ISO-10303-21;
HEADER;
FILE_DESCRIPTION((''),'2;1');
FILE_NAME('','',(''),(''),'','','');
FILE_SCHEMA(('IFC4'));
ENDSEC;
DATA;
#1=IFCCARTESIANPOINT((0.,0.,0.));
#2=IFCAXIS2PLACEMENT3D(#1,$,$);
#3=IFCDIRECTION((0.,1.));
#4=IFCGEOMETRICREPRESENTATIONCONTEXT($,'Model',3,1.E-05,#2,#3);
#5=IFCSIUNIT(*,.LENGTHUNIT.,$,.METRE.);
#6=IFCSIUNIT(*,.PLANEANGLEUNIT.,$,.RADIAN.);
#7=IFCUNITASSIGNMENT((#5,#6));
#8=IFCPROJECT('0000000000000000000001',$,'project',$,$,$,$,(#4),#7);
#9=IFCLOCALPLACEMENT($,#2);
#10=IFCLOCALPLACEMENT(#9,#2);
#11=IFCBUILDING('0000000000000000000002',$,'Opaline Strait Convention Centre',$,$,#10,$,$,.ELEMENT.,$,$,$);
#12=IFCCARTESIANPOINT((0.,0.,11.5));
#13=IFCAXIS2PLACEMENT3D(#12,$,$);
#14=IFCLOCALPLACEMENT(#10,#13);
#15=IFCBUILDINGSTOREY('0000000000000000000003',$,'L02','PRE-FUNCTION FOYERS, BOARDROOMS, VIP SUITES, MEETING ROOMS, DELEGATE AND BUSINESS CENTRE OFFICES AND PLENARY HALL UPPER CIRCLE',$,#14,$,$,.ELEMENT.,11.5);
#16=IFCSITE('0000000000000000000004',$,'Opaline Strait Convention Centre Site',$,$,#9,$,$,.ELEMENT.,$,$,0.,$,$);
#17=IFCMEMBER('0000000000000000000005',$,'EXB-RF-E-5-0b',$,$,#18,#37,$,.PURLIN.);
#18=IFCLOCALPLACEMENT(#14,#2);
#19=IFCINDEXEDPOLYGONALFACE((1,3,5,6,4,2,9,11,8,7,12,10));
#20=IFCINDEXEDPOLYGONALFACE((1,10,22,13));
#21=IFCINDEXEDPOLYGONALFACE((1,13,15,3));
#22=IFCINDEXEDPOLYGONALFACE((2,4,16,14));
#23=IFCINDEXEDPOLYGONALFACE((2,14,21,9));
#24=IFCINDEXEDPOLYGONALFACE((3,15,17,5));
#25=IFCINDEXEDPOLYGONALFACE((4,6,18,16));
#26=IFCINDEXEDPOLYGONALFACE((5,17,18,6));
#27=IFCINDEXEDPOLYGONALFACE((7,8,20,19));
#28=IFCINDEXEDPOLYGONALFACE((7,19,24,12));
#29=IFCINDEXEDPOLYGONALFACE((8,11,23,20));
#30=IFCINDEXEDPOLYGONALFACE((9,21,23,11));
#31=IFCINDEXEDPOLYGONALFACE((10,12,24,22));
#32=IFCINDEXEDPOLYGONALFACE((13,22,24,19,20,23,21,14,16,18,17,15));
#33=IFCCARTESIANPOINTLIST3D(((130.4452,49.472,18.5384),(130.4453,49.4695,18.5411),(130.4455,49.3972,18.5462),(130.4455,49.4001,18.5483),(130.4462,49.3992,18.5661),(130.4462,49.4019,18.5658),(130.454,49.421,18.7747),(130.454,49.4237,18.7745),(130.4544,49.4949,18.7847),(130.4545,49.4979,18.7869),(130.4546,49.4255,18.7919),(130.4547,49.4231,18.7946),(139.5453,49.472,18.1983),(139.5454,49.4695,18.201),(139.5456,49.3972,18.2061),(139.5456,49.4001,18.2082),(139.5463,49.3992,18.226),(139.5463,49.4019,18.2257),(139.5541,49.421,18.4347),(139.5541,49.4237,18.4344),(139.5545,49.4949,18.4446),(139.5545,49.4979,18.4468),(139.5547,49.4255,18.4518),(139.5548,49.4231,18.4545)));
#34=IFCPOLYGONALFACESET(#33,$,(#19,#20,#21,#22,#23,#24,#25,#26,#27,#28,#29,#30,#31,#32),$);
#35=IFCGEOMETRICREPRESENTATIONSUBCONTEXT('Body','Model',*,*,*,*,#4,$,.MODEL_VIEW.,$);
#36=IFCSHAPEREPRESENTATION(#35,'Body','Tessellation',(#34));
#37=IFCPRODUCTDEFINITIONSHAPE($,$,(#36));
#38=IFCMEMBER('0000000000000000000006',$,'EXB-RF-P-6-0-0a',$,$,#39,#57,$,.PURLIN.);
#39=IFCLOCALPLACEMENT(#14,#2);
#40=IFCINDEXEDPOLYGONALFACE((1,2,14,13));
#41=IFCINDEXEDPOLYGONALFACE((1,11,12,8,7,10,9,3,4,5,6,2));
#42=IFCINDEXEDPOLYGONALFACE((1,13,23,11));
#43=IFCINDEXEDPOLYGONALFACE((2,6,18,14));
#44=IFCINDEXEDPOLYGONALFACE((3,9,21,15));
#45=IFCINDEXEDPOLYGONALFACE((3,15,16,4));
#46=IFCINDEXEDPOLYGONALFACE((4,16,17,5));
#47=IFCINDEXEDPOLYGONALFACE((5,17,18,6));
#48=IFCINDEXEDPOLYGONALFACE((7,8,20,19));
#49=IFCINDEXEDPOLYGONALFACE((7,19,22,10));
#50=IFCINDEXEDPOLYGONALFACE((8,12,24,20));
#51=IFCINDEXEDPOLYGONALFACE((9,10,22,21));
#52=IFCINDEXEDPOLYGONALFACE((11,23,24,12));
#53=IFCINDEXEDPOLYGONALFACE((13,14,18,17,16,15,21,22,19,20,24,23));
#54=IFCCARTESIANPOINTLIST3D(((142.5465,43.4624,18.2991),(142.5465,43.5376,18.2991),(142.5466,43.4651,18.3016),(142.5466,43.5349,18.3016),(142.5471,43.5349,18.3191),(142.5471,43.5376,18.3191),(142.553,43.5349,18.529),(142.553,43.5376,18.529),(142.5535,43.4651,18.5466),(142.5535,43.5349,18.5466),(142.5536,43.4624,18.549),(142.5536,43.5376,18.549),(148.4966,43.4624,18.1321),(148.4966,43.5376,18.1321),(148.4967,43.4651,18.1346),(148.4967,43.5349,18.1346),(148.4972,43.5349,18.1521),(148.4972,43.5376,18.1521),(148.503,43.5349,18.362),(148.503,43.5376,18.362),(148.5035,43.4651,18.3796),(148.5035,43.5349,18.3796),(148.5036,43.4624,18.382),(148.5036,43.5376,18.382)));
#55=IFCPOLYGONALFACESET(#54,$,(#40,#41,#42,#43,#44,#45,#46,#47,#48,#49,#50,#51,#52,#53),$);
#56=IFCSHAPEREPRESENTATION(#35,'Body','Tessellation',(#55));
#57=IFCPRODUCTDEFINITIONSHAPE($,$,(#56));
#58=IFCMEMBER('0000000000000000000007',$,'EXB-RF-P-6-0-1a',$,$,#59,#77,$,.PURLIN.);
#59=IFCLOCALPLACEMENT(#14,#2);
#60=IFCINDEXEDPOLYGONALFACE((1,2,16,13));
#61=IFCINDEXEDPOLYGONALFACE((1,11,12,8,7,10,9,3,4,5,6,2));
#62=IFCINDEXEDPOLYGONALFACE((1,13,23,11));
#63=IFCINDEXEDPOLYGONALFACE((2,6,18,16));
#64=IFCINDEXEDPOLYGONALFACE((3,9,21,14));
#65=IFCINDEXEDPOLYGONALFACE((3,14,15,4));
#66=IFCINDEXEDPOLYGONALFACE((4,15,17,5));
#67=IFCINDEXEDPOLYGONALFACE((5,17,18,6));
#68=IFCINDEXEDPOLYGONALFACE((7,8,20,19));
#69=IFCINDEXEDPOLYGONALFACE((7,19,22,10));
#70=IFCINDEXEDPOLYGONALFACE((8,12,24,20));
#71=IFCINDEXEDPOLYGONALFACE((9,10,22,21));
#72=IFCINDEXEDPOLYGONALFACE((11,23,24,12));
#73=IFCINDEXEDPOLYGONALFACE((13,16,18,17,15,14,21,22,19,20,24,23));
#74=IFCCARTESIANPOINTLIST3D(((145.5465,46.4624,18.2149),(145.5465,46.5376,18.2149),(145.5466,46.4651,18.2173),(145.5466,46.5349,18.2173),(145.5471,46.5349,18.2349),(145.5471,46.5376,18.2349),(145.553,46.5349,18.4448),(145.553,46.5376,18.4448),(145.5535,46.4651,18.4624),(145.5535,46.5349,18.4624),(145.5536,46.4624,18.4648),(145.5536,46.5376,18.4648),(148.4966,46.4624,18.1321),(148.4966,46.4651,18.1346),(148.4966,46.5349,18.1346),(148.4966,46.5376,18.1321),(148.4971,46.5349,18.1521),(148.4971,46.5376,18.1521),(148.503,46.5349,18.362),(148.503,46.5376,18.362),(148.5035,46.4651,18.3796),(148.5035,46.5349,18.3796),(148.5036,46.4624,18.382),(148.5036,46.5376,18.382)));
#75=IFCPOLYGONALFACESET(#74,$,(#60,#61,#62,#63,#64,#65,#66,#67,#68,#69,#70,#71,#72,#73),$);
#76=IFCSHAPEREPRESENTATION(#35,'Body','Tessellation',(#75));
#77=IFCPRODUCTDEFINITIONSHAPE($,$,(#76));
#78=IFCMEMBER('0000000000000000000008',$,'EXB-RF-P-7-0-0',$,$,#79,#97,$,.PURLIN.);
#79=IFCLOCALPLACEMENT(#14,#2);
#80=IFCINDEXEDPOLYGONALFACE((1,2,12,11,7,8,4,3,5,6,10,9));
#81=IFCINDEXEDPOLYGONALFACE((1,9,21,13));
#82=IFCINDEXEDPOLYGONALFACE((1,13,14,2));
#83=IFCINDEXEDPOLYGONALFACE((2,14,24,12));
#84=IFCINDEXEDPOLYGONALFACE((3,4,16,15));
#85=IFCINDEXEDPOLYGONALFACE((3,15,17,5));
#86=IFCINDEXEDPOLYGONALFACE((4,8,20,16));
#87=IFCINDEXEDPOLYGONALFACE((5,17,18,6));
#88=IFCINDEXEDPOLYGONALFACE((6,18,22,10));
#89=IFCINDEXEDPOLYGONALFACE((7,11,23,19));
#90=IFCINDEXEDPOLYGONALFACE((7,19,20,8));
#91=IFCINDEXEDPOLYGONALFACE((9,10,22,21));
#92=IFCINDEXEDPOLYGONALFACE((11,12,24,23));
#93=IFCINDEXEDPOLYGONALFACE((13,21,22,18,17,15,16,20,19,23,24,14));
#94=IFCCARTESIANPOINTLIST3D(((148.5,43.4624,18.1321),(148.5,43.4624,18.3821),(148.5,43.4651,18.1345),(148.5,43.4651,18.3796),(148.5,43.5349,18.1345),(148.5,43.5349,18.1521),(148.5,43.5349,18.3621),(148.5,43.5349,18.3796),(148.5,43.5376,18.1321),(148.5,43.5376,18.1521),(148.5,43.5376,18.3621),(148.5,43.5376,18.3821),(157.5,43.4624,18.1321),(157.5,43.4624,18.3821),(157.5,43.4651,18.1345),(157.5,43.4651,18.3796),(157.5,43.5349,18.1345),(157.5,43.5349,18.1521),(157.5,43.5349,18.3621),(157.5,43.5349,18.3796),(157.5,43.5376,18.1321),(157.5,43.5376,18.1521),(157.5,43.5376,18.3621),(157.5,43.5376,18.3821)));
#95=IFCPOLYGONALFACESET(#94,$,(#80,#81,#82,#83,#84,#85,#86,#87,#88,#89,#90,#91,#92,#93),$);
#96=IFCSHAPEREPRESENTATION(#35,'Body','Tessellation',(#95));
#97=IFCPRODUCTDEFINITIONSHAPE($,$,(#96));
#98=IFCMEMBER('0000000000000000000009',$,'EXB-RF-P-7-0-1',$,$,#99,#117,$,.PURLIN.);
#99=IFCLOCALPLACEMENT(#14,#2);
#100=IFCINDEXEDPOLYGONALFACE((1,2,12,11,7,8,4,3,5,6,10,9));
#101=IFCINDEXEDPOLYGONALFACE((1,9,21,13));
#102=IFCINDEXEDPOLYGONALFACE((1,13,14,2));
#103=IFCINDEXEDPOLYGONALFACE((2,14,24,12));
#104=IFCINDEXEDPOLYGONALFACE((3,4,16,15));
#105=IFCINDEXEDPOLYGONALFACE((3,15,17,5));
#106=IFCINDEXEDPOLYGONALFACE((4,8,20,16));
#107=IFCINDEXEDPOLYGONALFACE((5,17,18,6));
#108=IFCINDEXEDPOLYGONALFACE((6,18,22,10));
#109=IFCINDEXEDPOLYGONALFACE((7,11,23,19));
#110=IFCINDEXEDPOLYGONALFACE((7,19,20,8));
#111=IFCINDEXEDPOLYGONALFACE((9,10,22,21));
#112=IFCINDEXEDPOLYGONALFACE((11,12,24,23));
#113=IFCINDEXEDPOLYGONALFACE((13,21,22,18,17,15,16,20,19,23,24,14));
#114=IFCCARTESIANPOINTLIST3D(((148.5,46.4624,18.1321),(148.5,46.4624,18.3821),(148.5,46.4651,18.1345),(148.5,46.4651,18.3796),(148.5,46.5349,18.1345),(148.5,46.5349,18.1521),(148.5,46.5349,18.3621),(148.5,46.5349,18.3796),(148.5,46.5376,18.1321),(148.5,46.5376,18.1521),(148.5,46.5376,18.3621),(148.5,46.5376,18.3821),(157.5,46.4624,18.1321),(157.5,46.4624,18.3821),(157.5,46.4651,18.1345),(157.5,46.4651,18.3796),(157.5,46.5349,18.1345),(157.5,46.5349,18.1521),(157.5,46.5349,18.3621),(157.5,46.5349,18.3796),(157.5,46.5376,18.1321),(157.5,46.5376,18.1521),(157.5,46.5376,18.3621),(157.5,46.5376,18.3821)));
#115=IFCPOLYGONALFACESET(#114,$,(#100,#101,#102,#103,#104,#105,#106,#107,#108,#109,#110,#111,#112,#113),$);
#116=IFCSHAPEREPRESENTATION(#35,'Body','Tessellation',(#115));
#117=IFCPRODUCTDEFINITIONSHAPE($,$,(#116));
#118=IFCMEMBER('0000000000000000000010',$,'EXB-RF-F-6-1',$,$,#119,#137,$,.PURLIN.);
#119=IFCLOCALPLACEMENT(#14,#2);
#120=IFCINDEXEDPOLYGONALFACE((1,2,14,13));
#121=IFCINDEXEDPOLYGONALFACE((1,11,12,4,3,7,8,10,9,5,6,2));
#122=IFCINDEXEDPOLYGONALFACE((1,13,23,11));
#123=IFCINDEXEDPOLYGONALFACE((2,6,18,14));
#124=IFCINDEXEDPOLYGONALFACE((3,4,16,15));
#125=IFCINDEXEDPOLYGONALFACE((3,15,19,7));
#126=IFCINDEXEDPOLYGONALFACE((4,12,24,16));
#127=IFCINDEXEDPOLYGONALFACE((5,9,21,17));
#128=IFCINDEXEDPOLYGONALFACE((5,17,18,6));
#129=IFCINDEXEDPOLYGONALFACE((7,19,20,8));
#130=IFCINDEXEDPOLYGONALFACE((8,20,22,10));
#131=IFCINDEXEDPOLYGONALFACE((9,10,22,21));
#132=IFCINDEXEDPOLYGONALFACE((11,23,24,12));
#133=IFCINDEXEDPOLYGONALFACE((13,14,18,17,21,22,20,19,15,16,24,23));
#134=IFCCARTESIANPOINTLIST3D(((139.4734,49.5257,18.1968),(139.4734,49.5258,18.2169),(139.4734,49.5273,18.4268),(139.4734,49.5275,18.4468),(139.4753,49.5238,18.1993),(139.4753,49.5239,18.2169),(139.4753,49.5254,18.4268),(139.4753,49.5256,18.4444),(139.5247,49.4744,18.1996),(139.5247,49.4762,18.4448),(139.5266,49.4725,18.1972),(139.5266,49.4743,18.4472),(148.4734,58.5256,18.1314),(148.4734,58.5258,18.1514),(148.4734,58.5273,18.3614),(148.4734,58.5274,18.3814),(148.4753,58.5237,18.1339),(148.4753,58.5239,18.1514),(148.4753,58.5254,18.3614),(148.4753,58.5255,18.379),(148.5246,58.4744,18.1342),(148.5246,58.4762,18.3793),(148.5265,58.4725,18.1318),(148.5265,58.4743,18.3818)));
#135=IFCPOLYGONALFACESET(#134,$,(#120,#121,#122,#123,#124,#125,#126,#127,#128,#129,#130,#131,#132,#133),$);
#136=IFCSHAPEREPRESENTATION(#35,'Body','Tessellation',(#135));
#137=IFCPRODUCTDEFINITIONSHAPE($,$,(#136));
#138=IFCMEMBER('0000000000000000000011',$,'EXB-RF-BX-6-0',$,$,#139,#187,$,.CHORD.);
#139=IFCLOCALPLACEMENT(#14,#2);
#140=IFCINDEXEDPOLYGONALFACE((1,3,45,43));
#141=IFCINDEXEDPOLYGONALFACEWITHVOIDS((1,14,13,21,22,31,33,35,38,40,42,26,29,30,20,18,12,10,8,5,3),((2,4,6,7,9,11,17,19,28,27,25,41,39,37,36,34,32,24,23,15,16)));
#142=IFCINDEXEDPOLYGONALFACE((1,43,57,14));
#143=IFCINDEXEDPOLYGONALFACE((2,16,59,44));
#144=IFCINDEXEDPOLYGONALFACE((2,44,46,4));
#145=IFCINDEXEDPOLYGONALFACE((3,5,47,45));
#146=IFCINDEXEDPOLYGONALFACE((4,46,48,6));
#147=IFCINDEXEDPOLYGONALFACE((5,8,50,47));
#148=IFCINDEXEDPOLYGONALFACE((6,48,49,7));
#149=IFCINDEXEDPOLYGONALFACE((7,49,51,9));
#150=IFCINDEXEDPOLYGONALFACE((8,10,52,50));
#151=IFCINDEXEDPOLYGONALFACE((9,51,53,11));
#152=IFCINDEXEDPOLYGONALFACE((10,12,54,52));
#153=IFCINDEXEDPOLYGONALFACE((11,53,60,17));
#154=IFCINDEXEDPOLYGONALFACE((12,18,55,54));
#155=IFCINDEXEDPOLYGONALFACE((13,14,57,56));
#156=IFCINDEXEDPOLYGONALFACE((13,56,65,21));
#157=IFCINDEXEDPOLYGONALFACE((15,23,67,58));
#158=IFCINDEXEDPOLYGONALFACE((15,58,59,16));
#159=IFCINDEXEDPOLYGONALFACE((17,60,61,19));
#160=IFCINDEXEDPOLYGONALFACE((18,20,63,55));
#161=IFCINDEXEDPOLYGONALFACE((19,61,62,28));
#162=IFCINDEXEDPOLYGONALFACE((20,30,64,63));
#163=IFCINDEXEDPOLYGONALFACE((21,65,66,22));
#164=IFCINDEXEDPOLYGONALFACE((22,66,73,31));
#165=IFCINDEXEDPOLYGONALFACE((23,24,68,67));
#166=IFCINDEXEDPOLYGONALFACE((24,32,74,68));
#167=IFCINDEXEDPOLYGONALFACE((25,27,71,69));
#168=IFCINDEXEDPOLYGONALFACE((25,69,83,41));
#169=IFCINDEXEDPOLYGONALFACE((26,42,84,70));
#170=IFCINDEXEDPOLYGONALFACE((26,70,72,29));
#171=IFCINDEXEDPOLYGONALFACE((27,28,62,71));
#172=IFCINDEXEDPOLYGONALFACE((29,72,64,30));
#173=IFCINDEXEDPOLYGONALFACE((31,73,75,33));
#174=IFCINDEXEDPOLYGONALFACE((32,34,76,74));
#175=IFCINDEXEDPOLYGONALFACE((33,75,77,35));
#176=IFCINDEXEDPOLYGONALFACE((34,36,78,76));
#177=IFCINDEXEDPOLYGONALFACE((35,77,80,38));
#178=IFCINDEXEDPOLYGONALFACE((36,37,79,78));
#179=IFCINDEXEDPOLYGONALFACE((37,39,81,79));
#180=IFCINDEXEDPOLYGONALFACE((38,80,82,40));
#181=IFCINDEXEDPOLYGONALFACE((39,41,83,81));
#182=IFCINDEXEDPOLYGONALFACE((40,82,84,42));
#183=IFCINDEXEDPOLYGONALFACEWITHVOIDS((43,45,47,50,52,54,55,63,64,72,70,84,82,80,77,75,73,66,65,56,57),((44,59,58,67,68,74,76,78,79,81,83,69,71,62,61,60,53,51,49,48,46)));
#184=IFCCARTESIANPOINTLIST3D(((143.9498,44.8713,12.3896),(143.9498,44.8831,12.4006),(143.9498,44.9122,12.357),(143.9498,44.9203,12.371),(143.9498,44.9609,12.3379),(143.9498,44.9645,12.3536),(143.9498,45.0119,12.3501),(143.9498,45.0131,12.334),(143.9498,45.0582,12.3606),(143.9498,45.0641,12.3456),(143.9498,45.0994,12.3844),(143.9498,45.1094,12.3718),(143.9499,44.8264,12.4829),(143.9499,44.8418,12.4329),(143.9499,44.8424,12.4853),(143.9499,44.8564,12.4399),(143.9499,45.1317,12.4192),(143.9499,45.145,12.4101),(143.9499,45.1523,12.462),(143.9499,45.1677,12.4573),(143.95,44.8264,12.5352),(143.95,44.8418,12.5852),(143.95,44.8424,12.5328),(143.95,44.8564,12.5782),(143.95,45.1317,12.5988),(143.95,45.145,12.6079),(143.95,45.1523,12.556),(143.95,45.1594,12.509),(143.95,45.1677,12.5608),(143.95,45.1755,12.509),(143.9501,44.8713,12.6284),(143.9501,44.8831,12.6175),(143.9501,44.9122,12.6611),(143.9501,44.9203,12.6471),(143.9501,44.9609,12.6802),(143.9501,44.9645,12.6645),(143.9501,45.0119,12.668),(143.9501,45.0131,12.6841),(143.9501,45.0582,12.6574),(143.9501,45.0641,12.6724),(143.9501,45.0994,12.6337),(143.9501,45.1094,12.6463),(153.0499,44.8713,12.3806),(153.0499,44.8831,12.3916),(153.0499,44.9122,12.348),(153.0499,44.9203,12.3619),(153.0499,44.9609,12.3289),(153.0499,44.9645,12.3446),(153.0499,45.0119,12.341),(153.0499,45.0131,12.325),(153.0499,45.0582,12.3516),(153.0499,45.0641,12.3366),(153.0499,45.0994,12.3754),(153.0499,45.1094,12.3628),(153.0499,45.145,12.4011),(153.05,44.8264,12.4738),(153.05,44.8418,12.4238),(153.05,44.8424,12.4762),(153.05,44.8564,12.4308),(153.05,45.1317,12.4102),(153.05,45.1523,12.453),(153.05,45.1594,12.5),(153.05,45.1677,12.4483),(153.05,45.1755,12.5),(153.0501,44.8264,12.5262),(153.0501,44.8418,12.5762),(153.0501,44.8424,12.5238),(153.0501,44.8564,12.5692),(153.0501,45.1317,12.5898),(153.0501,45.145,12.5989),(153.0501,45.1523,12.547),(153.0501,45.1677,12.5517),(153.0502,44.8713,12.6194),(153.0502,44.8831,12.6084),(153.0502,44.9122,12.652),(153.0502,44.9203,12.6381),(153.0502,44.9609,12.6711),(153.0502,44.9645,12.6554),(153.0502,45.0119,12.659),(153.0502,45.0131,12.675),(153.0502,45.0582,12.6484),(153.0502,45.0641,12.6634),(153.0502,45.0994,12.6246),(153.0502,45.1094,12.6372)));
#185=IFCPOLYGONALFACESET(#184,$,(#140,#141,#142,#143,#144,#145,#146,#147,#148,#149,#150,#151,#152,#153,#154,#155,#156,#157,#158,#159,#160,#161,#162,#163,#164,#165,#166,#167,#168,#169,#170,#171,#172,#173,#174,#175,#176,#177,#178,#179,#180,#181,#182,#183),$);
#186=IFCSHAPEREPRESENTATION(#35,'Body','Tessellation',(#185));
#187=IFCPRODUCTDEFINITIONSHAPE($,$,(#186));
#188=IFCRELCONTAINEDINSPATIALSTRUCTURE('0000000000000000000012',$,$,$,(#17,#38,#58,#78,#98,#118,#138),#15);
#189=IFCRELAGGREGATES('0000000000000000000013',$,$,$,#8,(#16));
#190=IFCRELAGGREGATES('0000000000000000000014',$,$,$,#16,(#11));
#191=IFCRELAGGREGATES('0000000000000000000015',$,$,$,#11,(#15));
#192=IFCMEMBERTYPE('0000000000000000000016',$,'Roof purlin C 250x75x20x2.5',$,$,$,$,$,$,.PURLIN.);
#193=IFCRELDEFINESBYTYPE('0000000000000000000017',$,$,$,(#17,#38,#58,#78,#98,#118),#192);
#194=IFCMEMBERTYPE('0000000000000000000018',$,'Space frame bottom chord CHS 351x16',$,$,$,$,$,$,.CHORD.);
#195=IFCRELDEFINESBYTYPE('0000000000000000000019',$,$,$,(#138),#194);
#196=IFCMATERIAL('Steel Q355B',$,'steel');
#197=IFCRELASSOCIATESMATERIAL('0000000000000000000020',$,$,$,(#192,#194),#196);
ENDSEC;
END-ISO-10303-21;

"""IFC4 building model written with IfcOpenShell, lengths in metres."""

from ifc_helpers import new_model, si_unit, direction, frame, origin, origin_2d, place, context, subcontext, project, spatial, polyline, hollow_circle, outline, extrude, material, material_profile, profile_set, type_object, element, save


model = new_model("IFC4")

# Units and contexts
model_context = context("Model", 3, precision=1e-05, world=origin(), true_north=direction((0.0, 1.0)))
body_context = subcontext(model_context, "Body", "Model", "MODEL_VIEW")
ifc_project = project(units=[si_unit("LENGTHUNIT", "METRE"), si_unit("PLANEANGLEUNIT", "RADIAN")], contexts=[model_context])

# Site, building, storey
site_placement = place(None, origin())
site = spatial("IfcSite", under=ifc_project, at=site_placement, Name="Opaline Strait Convention Centre Site", CompositionType="ELEMENT", RefElevation=0.0)
building_placement = place(site_placement, origin())
building = spatial("IfcBuilding", under=site, at=building_placement, Name="Opaline Strait Convention Centre", CompositionType="ELEMENT")
storey_placement = place(building_placement, frame((0.0, 0.0, 11.5)))
storey = spatial("IfcBuildingStorey", under=building, at=storey_placement, Name="L02", Description="PRE-FUNCTION FOYERS, BOARDROOMS, VIP SUITES, MEETING ROOMS, DELEGATE AND BUSINESS CENTRE OFFICES AND PLENARY HALL UPPER CIRCLE", CompositionType="ELEMENT", Elevation=11.5)

# Members
ifc_material_1 = material(Name="Steel Q355B", Category="steel")
ifc_material_profile_1 = material_profile(ifc_material_1, outline(polyline([(-0.0376, -0.125), (0.0376, -0.125), (0.0376, -0.105), (0.0349, -0.105), (0.0349, -0.1226), (-0.0349, -0.1226), (-0.0349, 0.1226), (0.0349, 0.1226), (0.0349, 0.105), (0.0376, 0.105), (0.0376, 0.125), (-0.0376, 0.125), (-0.0376, -0.125)])), Name="C 250x75x20x2.5")
ifc_profile_set_1 = profile_set([ifc_material_profile_1], Name="Steel Q355B")
member_type_1 = type_object("IfcMemberType", Name="Roof purlin C 250x75x20x2.5", PredefinedType="PURLIN", material=ifc_profile_set_1)
member_1_placement = place(storey_placement, frame((139.55, 49.4475, 18.3264), z_axis=(-0.999302, 0.0, 0.037346), x_axis=(0.003869, -0.99462, 0.103515)))
element("IfcMember", 1, at=member_1_placement, inside=storey, type_object=member_type_1, Name="EXB-RF-E-5-0b", PredefinedType="PURLIN", context=body_context, shape_type="SweptSolid", body=[
    extrude(outline(polyline([(-0.0376, -0.125), (0.0376, -0.125), (0.0376, -0.105), (0.0349, -0.105), (0.0349, -0.1226), (-0.0349, -0.1226), (-0.0349, 0.1226), (0.0349, 0.1226), (0.0349, 0.105), (0.0376, 0.105), (0.0376, 0.125), (-0.0376, 0.125), (-0.0376, -0.125)])), origin(), (0.0, 0.0, 1.0), 9.1064),
])
member_2_placement = place(storey_placement, frame((142.55, 43.5, 18.4241), z_axis=(0.999606, 0.0, -0.028055), x_axis=(0.0, 1.0, 0.0)))
element("IfcMember", 2, at=member_2_placement, inside=storey, type_object=member_type_1, Name="EXB-RF-P-6-0-0a", PredefinedType="PURLIN", context=body_context, shape_type="SweptSolid", body=[
    extrude(outline(polyline([(-0.0376, -0.125), (0.0376, -0.125), (0.0376, -0.105), (0.0349, -0.105), (0.0349, -0.1226), (-0.0349, -0.1226), (-0.0349, 0.1226), (0.0349, 0.1226), (0.0349, 0.105), (0.0376, 0.105), (0.0376, 0.125), (-0.0376, 0.125), (-0.0376, -0.125)])), origin(), (0.0, 0.0, 1.0), 5.9524),
])
member_3_placement = place(storey_placement, frame((145.55, 46.5, 18.3398), z_axis=(0.999607, 0.0, -0.028045), x_axis=(0.0, 1.0, 0.0)))
element("IfcMember", 3, at=member_3_placement, inside=storey, type_object=member_type_1, Name="EXB-RF-P-6-0-1a", PredefinedType="PURLIN", context=body_context, shape_type="SweptSolid", body=[
    extrude(outline(polyline([(-0.0376, -0.125), (0.0376, -0.125), (0.0376, -0.105), (0.0349, -0.105), (0.0349, -0.1226), (-0.0349, -0.1226), (-0.0349, 0.1226), (0.0349, 0.1226), (0.0349, 0.105), (0.0376, 0.105), (0.0376, 0.125), (-0.0376, 0.125), (-0.0376, -0.125)])), origin(), (0.0, 0.0, 1.0), 2.9512),
])
for number, where, z_axis, x_axis, name in (
    (4, (148.5, 43.5, 18.2571), (1.0, 0.0, 0.0), (0.0, 1.0, 0.0), "EXB-RF-P-7-0-0"),
    (5, (148.5, 46.5, 18.2571), (1.0, 0.0, 0.0), (0.0, 1.0, 0.0), "EXB-RF-P-7-0-1"),
):
    element("IfcMember", number, at=place(storey_placement, frame(where, z_axis=z_axis, x_axis=x_axis)), inside=storey, type_object=member_type_1, Name=name, PredefinedType="PURLIN", context=body_context, shape_type="SweptSolid", body=[
        extrude(outline(polyline([(-0.0376, -0.125), (0.0376, -0.125), (0.0376, -0.105), (0.0349, -0.105), (0.0349, -0.1226), (-0.0349, -0.1226), (-0.0349, 0.1226), (0.0349, 0.1226), (0.0349, 0.105), (0.0376, 0.105), (0.0376, 0.125), (-0.0376, 0.125), (-0.0376, -0.125)])), origin(), (0.0, 0.0, 1.0), 9.0),
    ])
member_4_placement = place(storey_placement, frame((139.5, 49.5, 18.322), z_axis=(0.707097, 0.707097, -0.005141), x_axis=(-0.707116, 0.707079, -0.005143)))
element("IfcMember", 6, at=member_4_placement, inside=storey, type_object=member_type_1, Name="EXB-RF-F-6-1", PredefinedType="PURLIN", context=body_context, shape_type="SweptSolid", body=[
    extrude(outline(polyline([(-0.0376, -0.125), (0.0376, -0.125), (0.0376, -0.105), (0.0349, -0.105), (0.0349, -0.1226), (-0.0349, -0.1226), (-0.0349, 0.1226), (0.0349, 0.1226), (0.0349, 0.105), (0.0376, 0.105), (0.0376, 0.125), (-0.0376, 0.125), (-0.0376, -0.125)])), origin(), (0.0, 0.0, 1.0), 12.728),
])
ifc_material_profile_2 = material_profile(ifc_material_1, hollow_circle(Radius=0.1755, WallThickness=0.0161, at=origin_2d()), Name="CHS 351x16")
ifc_profile_set_2 = profile_set([ifc_material_profile_2], Name="Steel Q355B")
member_type_2 = type_object("IfcMemberType", Name="Space frame bottom chord CHS 351x16", PredefinedType="CHORD", material=ifc_profile_set_2)
for number, where, z_axis, x_axis, name in (
    (7, (143.95, 45.0, 12.509), (1.0, 0.0, -0.000993), (0.0, 1.0, 0.0), "EXB-RF-BX-6-0"),
):
    element("IfcMember", number, at=place(storey_placement, frame(where, z_axis=z_axis, x_axis=x_axis)), inside=storey, type_object=member_type_2, Name=name, PredefinedType="CHORD", context=body_context, shape_type="SweptSolid", body=[
        extrude(hollow_circle(Radius=0.1755, WallThickness=0.0161, at=origin_2d()), origin(), (0.0, 0.0, 1.0), 9.1001),
    ])

save(model, "model.ifc")
